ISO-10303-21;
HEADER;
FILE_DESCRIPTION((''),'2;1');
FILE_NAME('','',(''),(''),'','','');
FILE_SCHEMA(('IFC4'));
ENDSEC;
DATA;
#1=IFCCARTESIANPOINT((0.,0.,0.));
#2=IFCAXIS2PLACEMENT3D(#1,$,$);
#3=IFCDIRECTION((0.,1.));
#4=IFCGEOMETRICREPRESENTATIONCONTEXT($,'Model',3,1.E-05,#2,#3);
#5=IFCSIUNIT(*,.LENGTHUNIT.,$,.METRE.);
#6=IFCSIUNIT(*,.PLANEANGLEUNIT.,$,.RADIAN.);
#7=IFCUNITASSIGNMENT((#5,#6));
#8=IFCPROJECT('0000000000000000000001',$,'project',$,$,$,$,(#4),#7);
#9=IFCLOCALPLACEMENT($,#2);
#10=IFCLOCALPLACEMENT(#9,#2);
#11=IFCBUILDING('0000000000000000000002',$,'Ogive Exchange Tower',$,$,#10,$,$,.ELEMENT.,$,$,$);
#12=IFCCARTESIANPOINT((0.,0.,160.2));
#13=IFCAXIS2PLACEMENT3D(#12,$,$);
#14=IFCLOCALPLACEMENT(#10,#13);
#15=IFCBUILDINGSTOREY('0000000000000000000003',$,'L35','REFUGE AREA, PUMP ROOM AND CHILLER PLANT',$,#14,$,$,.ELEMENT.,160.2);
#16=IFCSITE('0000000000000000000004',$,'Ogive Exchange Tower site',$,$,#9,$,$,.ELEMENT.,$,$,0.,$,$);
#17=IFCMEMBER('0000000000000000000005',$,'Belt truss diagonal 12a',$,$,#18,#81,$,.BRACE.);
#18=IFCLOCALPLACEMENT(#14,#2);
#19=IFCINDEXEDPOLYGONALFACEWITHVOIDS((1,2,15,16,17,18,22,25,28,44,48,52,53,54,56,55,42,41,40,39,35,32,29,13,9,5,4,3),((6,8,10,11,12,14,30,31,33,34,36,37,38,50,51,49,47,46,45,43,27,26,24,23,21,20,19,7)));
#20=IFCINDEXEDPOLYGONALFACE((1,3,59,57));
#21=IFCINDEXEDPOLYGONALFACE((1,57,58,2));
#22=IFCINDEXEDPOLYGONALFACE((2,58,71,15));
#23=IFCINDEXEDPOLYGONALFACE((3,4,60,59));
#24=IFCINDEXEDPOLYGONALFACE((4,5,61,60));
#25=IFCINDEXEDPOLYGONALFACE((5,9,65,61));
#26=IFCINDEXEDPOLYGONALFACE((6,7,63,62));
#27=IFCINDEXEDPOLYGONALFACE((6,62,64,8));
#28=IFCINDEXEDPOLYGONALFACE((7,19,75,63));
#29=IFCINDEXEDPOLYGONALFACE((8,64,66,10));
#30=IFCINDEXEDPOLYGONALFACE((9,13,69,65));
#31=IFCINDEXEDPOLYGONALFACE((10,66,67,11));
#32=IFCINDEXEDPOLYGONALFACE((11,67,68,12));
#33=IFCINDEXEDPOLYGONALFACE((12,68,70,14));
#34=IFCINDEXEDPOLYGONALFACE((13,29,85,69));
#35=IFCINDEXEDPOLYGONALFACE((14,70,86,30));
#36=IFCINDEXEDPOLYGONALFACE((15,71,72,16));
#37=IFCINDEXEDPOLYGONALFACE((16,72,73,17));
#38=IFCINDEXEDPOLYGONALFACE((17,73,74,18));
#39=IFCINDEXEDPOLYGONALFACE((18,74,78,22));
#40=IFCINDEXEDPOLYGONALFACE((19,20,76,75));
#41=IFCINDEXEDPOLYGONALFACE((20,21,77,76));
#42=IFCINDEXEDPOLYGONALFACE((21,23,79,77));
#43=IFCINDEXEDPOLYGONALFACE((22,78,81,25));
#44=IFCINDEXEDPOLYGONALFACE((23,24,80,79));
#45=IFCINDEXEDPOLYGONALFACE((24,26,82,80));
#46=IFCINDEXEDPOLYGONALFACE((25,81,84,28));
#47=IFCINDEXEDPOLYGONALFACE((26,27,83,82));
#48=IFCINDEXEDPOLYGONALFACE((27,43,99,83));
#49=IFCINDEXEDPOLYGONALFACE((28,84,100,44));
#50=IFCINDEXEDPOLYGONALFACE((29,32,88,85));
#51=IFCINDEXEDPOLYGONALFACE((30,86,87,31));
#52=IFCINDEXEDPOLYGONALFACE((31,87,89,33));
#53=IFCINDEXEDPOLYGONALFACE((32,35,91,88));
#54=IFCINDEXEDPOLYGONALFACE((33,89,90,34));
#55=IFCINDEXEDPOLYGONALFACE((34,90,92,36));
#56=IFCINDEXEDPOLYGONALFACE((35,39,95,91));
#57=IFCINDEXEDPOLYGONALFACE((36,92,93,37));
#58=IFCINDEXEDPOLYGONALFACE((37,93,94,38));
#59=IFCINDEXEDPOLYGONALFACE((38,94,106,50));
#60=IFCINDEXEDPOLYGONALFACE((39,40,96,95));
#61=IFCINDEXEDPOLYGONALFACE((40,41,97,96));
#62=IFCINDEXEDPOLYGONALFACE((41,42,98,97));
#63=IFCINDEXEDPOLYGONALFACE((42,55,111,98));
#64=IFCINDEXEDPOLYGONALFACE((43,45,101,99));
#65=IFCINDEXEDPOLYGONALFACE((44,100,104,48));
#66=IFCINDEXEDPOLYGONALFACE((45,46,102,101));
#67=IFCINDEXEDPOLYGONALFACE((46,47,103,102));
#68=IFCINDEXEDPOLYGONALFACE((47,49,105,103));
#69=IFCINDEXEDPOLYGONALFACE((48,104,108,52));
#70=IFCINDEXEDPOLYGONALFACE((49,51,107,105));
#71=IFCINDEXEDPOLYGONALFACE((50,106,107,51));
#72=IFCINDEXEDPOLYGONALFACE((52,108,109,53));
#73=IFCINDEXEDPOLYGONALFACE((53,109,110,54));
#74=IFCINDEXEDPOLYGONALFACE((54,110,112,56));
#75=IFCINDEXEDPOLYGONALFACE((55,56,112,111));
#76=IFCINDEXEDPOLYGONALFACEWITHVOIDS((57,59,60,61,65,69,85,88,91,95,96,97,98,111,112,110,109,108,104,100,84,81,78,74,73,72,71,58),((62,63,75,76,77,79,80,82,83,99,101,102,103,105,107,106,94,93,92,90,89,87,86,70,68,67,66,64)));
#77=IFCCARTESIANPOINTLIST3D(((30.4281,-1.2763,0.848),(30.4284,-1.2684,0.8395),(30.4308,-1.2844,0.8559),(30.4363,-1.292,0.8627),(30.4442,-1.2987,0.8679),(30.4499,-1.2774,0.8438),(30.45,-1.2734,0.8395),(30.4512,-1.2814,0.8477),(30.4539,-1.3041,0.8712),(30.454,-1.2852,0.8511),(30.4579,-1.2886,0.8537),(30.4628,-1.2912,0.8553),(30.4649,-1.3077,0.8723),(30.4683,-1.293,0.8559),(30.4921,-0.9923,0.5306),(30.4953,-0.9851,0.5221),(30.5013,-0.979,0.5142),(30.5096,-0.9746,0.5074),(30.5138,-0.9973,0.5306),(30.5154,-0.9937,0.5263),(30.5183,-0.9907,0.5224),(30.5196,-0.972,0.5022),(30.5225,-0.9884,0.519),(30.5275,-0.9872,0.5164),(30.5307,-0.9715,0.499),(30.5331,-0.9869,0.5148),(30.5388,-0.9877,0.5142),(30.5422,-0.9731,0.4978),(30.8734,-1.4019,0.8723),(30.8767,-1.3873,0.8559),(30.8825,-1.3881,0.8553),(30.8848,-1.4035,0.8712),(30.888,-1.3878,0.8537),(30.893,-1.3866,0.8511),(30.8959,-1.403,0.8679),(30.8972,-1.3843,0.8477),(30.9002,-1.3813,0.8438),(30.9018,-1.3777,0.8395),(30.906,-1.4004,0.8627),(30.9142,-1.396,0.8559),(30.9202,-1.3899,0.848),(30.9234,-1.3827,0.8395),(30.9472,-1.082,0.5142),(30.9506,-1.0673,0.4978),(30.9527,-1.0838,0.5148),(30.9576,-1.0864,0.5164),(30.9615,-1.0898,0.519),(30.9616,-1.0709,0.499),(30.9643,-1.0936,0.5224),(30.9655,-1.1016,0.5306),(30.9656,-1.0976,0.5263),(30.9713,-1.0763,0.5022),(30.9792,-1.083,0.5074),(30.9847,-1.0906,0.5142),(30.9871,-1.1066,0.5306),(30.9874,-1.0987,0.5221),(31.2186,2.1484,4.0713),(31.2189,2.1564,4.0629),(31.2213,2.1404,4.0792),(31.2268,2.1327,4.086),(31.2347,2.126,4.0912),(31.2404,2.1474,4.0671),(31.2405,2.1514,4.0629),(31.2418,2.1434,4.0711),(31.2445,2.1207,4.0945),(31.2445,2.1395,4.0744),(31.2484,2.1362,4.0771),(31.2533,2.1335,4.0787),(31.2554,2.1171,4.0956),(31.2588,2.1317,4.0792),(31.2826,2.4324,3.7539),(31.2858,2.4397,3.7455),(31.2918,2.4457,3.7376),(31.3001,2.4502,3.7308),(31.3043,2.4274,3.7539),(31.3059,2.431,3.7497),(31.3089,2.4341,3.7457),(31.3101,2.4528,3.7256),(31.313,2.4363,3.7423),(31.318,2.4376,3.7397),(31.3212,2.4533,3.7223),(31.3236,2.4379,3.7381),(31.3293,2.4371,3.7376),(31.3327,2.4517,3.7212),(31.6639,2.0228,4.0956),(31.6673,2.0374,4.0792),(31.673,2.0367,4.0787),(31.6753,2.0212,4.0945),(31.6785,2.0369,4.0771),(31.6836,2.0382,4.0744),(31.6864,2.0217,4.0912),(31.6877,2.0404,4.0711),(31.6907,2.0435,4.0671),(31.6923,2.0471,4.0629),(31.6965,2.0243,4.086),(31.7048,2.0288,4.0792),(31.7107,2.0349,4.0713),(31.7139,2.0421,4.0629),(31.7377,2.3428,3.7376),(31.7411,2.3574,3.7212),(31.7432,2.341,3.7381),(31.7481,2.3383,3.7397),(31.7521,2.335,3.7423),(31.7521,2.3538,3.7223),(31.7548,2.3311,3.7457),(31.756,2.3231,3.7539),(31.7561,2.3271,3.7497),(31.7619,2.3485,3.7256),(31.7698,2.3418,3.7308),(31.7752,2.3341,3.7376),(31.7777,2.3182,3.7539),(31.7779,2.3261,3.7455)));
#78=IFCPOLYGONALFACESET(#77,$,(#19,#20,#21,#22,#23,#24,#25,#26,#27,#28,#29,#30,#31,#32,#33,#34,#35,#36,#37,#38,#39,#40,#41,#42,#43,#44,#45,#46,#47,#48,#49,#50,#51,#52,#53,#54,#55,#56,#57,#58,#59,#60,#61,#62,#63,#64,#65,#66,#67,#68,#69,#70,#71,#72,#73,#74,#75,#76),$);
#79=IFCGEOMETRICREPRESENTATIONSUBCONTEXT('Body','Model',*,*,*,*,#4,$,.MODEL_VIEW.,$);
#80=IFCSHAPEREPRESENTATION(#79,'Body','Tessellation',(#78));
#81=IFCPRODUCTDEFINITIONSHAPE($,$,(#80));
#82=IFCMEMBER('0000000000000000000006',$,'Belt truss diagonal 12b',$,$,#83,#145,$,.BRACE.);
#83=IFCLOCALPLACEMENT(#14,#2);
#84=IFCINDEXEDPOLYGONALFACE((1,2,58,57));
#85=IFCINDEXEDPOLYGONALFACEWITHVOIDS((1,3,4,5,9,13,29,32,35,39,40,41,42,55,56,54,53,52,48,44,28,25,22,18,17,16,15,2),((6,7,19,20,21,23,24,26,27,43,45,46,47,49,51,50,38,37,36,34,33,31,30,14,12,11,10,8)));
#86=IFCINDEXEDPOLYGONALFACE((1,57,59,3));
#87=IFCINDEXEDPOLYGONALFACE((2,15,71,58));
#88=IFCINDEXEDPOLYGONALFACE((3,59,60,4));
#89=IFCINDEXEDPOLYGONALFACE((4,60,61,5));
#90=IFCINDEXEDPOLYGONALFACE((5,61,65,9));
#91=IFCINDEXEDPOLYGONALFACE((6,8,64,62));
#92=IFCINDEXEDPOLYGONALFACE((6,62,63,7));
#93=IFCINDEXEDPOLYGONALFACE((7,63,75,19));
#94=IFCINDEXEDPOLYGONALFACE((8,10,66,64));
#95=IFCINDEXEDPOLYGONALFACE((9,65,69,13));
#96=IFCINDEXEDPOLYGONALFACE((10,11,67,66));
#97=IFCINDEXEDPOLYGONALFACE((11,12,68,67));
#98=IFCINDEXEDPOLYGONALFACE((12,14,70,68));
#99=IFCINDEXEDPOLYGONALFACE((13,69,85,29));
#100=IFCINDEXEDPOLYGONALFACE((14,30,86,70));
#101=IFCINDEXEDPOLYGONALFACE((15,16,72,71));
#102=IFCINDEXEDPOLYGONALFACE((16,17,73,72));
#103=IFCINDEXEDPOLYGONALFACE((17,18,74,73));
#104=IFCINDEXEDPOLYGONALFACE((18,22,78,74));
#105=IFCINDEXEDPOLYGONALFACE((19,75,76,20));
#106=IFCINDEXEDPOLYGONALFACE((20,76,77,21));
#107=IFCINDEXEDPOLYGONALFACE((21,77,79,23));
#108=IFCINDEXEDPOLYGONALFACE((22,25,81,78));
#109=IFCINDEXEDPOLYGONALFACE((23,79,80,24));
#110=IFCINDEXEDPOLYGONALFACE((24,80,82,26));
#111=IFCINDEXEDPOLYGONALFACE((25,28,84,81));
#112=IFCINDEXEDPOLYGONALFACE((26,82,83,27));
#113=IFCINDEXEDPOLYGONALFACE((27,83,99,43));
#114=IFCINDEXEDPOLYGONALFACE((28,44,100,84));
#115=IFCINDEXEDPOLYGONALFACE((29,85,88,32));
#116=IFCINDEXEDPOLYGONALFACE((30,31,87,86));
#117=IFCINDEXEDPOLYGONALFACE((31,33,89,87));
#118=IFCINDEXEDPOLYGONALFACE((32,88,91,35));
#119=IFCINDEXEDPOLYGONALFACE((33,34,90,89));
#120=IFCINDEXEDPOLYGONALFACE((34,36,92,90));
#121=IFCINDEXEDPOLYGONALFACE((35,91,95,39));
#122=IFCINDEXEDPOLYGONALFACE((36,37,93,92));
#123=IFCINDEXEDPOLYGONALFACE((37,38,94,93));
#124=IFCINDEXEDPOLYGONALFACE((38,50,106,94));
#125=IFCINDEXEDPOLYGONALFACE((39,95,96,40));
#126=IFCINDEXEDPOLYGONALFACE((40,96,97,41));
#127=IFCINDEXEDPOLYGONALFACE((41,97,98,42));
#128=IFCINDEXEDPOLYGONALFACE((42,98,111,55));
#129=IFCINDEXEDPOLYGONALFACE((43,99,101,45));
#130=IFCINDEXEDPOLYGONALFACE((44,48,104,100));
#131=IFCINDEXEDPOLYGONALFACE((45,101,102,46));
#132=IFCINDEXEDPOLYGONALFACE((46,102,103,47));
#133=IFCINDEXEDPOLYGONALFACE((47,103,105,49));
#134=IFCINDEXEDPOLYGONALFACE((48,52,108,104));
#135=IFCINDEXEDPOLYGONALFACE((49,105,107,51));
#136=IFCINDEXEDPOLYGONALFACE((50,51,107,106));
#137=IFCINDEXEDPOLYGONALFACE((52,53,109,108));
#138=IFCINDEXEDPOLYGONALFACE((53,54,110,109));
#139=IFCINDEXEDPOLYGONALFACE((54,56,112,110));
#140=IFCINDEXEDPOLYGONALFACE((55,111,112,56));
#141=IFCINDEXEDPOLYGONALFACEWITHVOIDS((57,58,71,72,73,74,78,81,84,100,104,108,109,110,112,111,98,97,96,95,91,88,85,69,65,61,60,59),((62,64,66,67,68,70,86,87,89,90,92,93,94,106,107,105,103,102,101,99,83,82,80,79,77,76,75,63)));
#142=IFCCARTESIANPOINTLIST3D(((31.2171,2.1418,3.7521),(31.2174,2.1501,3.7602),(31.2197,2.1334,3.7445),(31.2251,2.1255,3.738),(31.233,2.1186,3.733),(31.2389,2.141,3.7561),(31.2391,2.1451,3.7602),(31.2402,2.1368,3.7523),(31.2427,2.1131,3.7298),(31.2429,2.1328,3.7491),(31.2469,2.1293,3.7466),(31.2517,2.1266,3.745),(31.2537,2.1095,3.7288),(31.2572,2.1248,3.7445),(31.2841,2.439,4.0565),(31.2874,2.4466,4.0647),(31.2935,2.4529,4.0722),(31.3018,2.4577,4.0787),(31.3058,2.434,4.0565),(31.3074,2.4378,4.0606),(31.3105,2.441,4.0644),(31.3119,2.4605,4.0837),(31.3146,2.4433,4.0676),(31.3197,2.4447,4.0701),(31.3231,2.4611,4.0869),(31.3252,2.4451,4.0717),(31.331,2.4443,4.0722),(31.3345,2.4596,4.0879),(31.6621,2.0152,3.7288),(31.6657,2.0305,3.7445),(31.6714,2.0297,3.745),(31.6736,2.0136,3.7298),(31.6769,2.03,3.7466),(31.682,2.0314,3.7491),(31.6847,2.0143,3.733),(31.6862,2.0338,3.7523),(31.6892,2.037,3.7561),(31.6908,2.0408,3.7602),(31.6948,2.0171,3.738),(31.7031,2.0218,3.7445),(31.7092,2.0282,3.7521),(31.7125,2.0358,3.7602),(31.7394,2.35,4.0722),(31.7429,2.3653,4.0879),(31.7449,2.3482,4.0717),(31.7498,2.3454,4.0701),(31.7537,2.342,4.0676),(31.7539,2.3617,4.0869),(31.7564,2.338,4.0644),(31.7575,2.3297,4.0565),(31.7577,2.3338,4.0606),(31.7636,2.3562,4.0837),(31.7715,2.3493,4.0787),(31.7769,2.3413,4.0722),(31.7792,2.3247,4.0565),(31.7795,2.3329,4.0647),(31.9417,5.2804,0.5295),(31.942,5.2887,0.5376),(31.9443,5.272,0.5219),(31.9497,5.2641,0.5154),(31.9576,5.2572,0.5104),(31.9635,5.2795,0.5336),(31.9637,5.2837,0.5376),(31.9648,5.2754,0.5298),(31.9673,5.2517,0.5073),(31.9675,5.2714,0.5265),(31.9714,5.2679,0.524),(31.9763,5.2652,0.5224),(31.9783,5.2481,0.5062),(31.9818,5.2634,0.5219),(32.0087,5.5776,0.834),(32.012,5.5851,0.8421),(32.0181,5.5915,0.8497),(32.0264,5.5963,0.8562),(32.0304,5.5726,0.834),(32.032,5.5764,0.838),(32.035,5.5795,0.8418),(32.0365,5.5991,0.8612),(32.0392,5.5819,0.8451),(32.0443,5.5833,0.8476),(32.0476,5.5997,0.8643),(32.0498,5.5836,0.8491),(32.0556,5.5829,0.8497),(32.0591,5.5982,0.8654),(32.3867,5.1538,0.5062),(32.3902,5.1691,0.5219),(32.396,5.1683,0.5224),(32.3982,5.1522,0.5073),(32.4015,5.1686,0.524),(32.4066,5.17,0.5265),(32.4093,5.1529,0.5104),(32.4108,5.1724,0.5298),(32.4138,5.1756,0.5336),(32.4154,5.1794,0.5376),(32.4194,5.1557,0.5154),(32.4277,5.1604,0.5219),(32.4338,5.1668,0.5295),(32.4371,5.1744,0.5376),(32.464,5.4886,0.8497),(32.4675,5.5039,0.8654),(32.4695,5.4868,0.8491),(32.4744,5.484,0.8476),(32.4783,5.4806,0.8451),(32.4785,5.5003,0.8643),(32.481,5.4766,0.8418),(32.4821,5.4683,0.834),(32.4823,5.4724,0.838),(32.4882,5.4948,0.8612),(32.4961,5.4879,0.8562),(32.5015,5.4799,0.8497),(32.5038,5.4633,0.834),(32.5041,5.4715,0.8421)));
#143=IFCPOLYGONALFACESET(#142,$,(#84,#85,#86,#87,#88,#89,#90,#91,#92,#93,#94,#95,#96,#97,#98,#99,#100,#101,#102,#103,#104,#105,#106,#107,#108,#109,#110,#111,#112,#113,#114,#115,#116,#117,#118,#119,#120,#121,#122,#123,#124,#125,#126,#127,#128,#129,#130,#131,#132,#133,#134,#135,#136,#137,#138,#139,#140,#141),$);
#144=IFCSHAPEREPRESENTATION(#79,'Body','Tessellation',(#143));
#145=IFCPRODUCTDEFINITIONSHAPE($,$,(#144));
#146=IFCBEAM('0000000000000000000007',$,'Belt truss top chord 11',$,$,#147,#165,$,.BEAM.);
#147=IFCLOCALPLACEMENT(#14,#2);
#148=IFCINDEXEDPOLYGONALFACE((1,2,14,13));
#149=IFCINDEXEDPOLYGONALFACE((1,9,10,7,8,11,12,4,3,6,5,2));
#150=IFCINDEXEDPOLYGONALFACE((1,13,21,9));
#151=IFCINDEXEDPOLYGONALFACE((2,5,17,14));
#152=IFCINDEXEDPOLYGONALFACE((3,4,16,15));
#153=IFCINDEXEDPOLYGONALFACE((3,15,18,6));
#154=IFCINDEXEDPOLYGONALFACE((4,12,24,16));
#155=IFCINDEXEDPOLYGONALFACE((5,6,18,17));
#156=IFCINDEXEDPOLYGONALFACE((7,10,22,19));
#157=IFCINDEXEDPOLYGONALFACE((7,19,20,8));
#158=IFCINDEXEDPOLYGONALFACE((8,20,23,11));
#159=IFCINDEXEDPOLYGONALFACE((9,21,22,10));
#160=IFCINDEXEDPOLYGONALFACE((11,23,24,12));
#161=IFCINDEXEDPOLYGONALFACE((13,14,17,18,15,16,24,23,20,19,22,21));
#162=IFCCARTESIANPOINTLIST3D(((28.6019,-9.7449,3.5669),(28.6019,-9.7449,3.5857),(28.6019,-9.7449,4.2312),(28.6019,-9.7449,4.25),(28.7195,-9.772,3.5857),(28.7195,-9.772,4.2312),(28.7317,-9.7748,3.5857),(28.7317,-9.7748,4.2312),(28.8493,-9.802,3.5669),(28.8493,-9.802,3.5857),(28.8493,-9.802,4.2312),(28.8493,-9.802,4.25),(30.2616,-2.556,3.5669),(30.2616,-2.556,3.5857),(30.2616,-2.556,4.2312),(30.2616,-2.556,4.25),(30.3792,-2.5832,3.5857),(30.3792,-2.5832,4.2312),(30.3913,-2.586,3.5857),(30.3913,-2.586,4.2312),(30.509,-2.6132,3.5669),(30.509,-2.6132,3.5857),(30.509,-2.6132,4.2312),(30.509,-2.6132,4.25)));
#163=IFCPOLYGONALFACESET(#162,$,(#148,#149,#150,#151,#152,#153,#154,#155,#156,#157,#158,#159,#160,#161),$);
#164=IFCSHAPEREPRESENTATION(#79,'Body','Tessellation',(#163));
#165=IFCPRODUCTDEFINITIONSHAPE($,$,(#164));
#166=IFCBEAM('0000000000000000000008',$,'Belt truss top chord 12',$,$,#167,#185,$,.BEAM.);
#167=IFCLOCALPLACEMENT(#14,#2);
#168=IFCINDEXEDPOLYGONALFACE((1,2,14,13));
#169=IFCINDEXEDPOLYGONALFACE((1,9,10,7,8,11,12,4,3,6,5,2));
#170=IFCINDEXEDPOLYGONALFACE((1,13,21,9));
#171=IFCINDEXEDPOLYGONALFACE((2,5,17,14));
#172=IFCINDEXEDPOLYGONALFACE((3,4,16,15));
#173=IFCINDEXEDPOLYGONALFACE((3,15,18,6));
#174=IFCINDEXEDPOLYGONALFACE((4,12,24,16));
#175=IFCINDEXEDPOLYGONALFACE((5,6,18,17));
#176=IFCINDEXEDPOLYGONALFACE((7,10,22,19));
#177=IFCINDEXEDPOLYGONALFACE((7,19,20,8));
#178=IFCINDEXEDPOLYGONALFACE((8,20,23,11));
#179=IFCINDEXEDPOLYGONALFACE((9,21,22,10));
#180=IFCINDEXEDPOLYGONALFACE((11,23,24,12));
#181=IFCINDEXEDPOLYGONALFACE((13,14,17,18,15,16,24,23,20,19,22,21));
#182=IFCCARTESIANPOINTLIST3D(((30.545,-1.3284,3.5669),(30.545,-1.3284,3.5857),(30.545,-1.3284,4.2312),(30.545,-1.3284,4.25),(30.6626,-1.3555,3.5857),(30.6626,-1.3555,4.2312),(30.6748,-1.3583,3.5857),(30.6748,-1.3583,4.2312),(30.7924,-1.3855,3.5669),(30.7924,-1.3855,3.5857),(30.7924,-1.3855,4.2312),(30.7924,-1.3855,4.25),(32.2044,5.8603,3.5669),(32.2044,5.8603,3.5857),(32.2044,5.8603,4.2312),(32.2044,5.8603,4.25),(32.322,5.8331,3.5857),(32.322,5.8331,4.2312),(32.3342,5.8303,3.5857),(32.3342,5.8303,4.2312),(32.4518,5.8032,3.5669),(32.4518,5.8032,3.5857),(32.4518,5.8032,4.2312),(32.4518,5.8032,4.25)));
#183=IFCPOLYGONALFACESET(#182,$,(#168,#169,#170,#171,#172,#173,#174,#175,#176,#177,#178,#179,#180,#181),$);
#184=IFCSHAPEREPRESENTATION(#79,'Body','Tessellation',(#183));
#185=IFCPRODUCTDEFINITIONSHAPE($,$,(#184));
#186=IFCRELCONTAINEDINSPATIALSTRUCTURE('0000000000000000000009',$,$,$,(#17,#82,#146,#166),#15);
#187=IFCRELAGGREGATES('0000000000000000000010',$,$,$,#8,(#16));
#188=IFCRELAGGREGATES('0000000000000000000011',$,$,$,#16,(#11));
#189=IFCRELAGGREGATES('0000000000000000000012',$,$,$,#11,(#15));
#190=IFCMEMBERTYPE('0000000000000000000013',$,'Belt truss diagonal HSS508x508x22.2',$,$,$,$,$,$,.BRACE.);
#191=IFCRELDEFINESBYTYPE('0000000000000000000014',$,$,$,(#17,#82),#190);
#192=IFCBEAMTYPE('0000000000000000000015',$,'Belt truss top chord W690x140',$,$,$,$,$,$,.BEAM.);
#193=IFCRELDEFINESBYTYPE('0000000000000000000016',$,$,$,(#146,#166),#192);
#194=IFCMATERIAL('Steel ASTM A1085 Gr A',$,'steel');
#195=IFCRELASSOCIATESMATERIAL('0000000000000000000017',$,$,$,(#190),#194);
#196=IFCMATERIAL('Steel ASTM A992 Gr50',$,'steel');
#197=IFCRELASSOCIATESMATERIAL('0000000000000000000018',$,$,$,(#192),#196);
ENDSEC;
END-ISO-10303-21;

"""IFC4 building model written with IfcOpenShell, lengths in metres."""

from ifc_helpers import new_model, si_unit, direction, frame, origin, origin_2d, place, context, subcontext, project, spatial, hollow_rectangle, i_section, extrude, material, material_profile, profile_set, type_object, element, save


model = new_model("IFC4")

# Units and contexts
model_context = context("Model", 3, precision=1e-05, world=origin(), true_north=direction((0.0, 1.0)))
body_context = subcontext(model_context, "Body", "Model", "MODEL_VIEW")
ifc_project = project(units=[si_unit("LENGTHUNIT", "METRE"), si_unit("PLANEANGLEUNIT", "RADIAN")], contexts=[model_context])

# Site, building, storey
site_placement = place(None, origin())
site = spatial("IfcSite", under=ifc_project, at=site_placement, Name="Ogive Exchange Tower site", CompositionType="ELEMENT", RefElevation=0.0)
building_placement = place(site_placement, origin())
building = spatial("IfcBuilding", under=site, at=building_placement, Name="Ogive Exchange Tower", CompositionType="ELEMENT")
storey_placement = place(building_placement, frame((0.0, 0.0, 160.2)))
storey = spatial("IfcBuildingStorey", under=building, at=storey_placement, Name="L35", Description="REFUGE AREA, PUMP ROOM AND CHILLER PLANT", CompositionType="ELEMENT", Elevation=160.2)

# Shared definitions
ifc_material_1 = material(Name="Steel ASTM A992 Gr50", Category="steel")

# Members
ifc_material_2 = material(Name="Steel ASTM A1085 Gr A", Category="steel")
ifc_material_profile_1 = material_profile(ifc_material_2, hollow_rectangle(XDim=0.5081, YDim=0.5081, WallThickness=0.0222, InnerFilletRadius=0.0222, OuterFilletRadius=0.0444, at=origin_2d()), Name="HSS508x508x22.2")
ifc_profile_set_1 = profile_set([ifc_material_profile_1], Name="Steel ASTM A1085 Gr A")
member_type_1 = type_object("IfcMemberType", Name="Belt truss diagonal HSS508x508x22.2", PredefinedType="BRACE", material=ifc_profile_set_1)
member_1_placement = place(storey_placement, frame((30.7078, -1.1875, 0.6851), z_axis=(0.16576, 0.718122, 0.675888), x_axis=(-0.974379, 0.22491, 0.0)))
element("IfcMember", 1, at=member_1_placement, inside=storey, type_object=member_type_1, Name="Belt truss diagonal 12a", PredefinedType="BRACE", context=body_context, shape_type="SweptSolid", body=[
    extrude(hollow_rectangle(XDim=0.5081, YDim=0.5081, WallThickness=0.0222, InnerFilletRadius=0.0222, OuterFilletRadius=0.0444, at=origin_2d()), origin(), (0.0, 0.0, 1.0), 4.769),
])
member_2_placement = place(storey_placement, frame((32.2229, 5.376, 0.6858), z_axis=(-0.159027, -0.688832, 0.707263), x_axis=(0.974371, -0.224948, 0.0)))
element("IfcMember", 2, at=member_2_placement, inside=storey, type_object=member_type_1, Name="Belt truss diagonal 12b", PredefinedType="BRACE", context=body_context, shape_type="SweptSolid", body=[
    extrude(hollow_rectangle(XDim=0.5081, YDim=0.5081, WallThickness=0.0222, InnerFilletRadius=0.0222, OuterFilletRadius=0.0444, at=origin_2d()), origin(), (0.0, 0.0, 1.0), 4.5564),
])

# Beams
ifc_material_profile_2 = material_profile(ifc_material_1, i_section(OverallWidth=0.2539, OverallDepth=0.6831, WebThickness=0.0125, FlangeThickness=0.0188, at=origin_2d()), Name="W690x140")
ifc_profile_set_2 = profile_set([ifc_material_profile_2], Name="Steel ASTM A992 Gr50")
beam_type_1 = type_object("IfcBeamType", Name="Belt truss top chord W690x140", PredefinedType="BEAM", material=ifc_profile_set_2)
beam_1_placement = place(storey_placement, frame((28.7256, -9.7734, 3.9084), z_axis=(0.224954, 0.974369, 0.0), x_axis=(-0.974369, 0.224954, 0.0)))
element("IfcBeam", 3, at=beam_1_placement, inside=storey, type_object=beam_type_1, Name="Belt truss top chord 11", PredefinedType="BEAM", context=body_context, shape_type="SweptSolid", body=[
    extrude(i_section(OverallWidth=0.2539, OverallDepth=0.6831, WebThickness=0.0125, FlangeThickness=0.0188, at=origin_2d()), origin(), (0.0, 0.0, 1.0), 7.3779),
])
beam_2_placement = place(storey_placement, frame((30.6687, -1.3569, 3.9084), z_axis=(0.224922, 0.974377, 0.0), x_axis=(-0.974377, 0.224922, 0.0)))
element("IfcBeam", 4, at=beam_2_placement, inside=storey, type_object=beam_type_1, Name="Belt truss top chord 12", PredefinedType="BEAM", context=body_context, shape_type="SweptSolid", body=[
    extrude(i_section(OverallWidth=0.2539, OverallDepth=0.6831, WebThickness=0.0125, FlangeThickness=0.0188, at=origin_2d()), origin(), (0.0, 0.0, 1.0), 7.3777),
])

save(model, "model.ifc")
